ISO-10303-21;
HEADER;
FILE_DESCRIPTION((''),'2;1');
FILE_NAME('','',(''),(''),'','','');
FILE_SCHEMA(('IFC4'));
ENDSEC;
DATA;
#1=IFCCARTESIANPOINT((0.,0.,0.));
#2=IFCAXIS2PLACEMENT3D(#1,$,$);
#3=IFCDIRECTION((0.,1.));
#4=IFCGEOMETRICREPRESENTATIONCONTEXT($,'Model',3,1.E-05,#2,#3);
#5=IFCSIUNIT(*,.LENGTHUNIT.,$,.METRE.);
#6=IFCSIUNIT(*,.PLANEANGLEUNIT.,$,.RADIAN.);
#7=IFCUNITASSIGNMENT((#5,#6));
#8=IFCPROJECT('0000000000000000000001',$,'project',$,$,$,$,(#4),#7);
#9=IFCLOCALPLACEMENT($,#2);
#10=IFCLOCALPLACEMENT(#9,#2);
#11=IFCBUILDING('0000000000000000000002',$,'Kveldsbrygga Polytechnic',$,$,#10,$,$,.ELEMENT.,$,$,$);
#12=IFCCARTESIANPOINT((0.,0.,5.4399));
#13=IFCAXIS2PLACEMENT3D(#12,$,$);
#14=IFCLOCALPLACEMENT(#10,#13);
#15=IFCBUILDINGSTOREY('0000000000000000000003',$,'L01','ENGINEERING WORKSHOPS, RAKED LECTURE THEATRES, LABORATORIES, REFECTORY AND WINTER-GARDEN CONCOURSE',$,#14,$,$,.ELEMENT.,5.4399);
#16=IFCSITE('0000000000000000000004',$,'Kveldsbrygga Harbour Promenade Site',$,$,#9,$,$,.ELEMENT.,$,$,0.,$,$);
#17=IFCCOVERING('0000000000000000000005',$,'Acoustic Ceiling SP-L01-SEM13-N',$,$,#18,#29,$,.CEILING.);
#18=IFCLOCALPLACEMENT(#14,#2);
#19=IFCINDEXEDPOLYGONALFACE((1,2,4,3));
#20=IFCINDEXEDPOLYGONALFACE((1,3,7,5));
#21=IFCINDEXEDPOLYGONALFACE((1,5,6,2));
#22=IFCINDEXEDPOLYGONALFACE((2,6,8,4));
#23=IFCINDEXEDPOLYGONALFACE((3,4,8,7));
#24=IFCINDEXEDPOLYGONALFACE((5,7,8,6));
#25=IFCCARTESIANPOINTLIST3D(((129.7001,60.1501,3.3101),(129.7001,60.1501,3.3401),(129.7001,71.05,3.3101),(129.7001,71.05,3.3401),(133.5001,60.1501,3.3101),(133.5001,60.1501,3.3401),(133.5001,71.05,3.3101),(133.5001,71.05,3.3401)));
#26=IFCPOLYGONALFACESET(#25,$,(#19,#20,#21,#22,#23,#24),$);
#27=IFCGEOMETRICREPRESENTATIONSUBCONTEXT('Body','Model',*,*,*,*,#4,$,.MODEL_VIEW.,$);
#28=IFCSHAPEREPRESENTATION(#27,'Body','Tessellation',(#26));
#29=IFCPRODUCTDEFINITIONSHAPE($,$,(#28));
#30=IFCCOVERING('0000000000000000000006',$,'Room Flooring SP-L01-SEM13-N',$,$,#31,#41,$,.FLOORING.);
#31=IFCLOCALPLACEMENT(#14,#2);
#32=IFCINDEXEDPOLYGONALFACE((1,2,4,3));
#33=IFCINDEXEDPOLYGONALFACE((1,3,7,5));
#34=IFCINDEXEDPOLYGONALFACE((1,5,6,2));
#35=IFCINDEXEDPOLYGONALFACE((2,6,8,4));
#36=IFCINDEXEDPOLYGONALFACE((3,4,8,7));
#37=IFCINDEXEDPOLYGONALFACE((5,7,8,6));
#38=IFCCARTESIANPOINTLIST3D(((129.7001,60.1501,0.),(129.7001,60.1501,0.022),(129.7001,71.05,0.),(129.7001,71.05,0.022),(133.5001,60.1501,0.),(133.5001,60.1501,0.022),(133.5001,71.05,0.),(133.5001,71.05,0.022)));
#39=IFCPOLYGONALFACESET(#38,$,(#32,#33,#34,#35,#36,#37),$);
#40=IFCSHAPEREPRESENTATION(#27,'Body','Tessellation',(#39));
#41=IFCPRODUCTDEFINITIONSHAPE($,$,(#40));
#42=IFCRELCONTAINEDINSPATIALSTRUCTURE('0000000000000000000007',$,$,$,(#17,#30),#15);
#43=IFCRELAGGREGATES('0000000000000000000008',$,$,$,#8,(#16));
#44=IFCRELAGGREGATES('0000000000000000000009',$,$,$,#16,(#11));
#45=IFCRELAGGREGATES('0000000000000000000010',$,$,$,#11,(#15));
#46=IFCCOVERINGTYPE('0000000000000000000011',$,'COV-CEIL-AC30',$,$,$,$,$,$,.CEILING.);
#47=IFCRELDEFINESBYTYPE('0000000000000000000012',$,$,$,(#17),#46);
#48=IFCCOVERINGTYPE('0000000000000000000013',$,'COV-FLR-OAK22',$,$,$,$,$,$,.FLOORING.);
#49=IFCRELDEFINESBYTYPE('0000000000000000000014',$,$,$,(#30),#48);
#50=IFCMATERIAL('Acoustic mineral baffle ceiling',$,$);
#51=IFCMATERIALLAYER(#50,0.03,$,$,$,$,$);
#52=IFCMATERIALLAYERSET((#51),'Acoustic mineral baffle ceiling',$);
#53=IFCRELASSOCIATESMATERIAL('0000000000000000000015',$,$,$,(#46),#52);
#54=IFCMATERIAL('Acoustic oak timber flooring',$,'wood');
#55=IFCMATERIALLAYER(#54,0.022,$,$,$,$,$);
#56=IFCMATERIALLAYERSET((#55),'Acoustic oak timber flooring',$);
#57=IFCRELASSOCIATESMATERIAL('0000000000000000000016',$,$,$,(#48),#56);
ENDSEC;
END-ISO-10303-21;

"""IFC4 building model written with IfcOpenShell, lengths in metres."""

from ifc_helpers import new_model, si_unit, direction, frame, origin, origin_2d, place, context, subcontext, project, spatial, rectangle, extrude, material, layer, layer_set, type_object, element, save


model = new_model("IFC4")

# Units and contexts
model_context = context("Model", 3, precision=1e-05, world=origin(), true_north=direction((0.0, 1.0)))
body_context = subcontext(model_context, "Body", "Model", "MODEL_VIEW")
ifc_project = project(units=[si_unit("LENGTHUNIT", "METRE"), si_unit("PLANEANGLEUNIT", "RADIAN")], contexts=[model_context])

# Site, building, storey
site_placement = place(None, origin())
site = spatial("IfcSite", under=ifc_project, at=site_placement, Name="Kveldsbrygga Harbour Promenade Site", CompositionType="ELEMENT", RefElevation=0.0)
building_placement = place(site_placement, origin())
building = spatial("IfcBuilding", under=site, at=building_placement, Name="Kveldsbrygga Polytechnic", CompositionType="ELEMENT")
storey_placement = place(building_placement, frame((0.0, 0.0, 5.4399)))
storey = spatial("IfcBuildingStorey", under=building, at=storey_placement, Name="L01", Description="ENGINEERING WORKSHOPS, RAKED LECTURE THEATRES, LABORATORIES, REFECTORY AND WINTER-GARDEN CONCOURSE", CompositionType="ELEMENT", Elevation=5.4399)

# Coverings
ifc_material_1 = material(Name="Acoustic mineral baffle ceiling")
ifc_layer_1 = layer(ifc_material_1, 0.03)
ifc_layer_set_1 = layer_set([ifc_layer_1], Name="Acoustic mineral baffle ceiling")
covering_type_1 = type_object("IfcCoveringType", Name="COV-CEIL-AC30", PredefinedType="CEILING", material=ifc_layer_set_1)
covering_1_placement = place(storey_placement, frame((131.6001, 65.6001, 3.3101), z_axis=(0.0, 0.0, 1.0), x_axis=(1.0, 0.0, 0.0)))
element("IfcCovering", 1, at=covering_1_placement, inside=storey, type_object=covering_type_1, Name="Acoustic Ceiling SP-L01-SEM13-N", PredefinedType="CEILING", context=body_context, shape_type="SweptSolid", body=[
    extrude(rectangle(XDim=3.8, YDim=10.8999, at=origin_2d()), origin(), (0.0, 0.0, 1.0), 0.03),
])
ifc_material_2 = material(Name="Acoustic oak timber flooring", Category="wood")
ifc_layer_2 = layer(ifc_material_2, 0.022)
ifc_layer_set_2 = layer_set([ifc_layer_2], Name="Acoustic oak timber flooring")
covering_type_2 = type_object("IfcCoveringType", Name="COV-FLR-OAK22", PredefinedType="FLOORING", material=ifc_layer_set_2)
covering_2_placement = place(storey_placement, frame((131.6001, 65.6001, 0.0), z_axis=(0.0, 0.0, 1.0), x_axis=(1.0, 0.0, 0.0)))
element("IfcCovering", 2, at=covering_2_placement, inside=storey, type_object=covering_type_2, Name="Room Flooring SP-L01-SEM13-N", PredefinedType="FLOORING", context=body_context, shape_type="SweptSolid", body=[
    extrude(rectangle(XDim=3.8, YDim=10.8999, at=origin_2d()), origin(), (0.0, 0.0, 1.0), 0.022),
])

save(model, "model.ifc")
